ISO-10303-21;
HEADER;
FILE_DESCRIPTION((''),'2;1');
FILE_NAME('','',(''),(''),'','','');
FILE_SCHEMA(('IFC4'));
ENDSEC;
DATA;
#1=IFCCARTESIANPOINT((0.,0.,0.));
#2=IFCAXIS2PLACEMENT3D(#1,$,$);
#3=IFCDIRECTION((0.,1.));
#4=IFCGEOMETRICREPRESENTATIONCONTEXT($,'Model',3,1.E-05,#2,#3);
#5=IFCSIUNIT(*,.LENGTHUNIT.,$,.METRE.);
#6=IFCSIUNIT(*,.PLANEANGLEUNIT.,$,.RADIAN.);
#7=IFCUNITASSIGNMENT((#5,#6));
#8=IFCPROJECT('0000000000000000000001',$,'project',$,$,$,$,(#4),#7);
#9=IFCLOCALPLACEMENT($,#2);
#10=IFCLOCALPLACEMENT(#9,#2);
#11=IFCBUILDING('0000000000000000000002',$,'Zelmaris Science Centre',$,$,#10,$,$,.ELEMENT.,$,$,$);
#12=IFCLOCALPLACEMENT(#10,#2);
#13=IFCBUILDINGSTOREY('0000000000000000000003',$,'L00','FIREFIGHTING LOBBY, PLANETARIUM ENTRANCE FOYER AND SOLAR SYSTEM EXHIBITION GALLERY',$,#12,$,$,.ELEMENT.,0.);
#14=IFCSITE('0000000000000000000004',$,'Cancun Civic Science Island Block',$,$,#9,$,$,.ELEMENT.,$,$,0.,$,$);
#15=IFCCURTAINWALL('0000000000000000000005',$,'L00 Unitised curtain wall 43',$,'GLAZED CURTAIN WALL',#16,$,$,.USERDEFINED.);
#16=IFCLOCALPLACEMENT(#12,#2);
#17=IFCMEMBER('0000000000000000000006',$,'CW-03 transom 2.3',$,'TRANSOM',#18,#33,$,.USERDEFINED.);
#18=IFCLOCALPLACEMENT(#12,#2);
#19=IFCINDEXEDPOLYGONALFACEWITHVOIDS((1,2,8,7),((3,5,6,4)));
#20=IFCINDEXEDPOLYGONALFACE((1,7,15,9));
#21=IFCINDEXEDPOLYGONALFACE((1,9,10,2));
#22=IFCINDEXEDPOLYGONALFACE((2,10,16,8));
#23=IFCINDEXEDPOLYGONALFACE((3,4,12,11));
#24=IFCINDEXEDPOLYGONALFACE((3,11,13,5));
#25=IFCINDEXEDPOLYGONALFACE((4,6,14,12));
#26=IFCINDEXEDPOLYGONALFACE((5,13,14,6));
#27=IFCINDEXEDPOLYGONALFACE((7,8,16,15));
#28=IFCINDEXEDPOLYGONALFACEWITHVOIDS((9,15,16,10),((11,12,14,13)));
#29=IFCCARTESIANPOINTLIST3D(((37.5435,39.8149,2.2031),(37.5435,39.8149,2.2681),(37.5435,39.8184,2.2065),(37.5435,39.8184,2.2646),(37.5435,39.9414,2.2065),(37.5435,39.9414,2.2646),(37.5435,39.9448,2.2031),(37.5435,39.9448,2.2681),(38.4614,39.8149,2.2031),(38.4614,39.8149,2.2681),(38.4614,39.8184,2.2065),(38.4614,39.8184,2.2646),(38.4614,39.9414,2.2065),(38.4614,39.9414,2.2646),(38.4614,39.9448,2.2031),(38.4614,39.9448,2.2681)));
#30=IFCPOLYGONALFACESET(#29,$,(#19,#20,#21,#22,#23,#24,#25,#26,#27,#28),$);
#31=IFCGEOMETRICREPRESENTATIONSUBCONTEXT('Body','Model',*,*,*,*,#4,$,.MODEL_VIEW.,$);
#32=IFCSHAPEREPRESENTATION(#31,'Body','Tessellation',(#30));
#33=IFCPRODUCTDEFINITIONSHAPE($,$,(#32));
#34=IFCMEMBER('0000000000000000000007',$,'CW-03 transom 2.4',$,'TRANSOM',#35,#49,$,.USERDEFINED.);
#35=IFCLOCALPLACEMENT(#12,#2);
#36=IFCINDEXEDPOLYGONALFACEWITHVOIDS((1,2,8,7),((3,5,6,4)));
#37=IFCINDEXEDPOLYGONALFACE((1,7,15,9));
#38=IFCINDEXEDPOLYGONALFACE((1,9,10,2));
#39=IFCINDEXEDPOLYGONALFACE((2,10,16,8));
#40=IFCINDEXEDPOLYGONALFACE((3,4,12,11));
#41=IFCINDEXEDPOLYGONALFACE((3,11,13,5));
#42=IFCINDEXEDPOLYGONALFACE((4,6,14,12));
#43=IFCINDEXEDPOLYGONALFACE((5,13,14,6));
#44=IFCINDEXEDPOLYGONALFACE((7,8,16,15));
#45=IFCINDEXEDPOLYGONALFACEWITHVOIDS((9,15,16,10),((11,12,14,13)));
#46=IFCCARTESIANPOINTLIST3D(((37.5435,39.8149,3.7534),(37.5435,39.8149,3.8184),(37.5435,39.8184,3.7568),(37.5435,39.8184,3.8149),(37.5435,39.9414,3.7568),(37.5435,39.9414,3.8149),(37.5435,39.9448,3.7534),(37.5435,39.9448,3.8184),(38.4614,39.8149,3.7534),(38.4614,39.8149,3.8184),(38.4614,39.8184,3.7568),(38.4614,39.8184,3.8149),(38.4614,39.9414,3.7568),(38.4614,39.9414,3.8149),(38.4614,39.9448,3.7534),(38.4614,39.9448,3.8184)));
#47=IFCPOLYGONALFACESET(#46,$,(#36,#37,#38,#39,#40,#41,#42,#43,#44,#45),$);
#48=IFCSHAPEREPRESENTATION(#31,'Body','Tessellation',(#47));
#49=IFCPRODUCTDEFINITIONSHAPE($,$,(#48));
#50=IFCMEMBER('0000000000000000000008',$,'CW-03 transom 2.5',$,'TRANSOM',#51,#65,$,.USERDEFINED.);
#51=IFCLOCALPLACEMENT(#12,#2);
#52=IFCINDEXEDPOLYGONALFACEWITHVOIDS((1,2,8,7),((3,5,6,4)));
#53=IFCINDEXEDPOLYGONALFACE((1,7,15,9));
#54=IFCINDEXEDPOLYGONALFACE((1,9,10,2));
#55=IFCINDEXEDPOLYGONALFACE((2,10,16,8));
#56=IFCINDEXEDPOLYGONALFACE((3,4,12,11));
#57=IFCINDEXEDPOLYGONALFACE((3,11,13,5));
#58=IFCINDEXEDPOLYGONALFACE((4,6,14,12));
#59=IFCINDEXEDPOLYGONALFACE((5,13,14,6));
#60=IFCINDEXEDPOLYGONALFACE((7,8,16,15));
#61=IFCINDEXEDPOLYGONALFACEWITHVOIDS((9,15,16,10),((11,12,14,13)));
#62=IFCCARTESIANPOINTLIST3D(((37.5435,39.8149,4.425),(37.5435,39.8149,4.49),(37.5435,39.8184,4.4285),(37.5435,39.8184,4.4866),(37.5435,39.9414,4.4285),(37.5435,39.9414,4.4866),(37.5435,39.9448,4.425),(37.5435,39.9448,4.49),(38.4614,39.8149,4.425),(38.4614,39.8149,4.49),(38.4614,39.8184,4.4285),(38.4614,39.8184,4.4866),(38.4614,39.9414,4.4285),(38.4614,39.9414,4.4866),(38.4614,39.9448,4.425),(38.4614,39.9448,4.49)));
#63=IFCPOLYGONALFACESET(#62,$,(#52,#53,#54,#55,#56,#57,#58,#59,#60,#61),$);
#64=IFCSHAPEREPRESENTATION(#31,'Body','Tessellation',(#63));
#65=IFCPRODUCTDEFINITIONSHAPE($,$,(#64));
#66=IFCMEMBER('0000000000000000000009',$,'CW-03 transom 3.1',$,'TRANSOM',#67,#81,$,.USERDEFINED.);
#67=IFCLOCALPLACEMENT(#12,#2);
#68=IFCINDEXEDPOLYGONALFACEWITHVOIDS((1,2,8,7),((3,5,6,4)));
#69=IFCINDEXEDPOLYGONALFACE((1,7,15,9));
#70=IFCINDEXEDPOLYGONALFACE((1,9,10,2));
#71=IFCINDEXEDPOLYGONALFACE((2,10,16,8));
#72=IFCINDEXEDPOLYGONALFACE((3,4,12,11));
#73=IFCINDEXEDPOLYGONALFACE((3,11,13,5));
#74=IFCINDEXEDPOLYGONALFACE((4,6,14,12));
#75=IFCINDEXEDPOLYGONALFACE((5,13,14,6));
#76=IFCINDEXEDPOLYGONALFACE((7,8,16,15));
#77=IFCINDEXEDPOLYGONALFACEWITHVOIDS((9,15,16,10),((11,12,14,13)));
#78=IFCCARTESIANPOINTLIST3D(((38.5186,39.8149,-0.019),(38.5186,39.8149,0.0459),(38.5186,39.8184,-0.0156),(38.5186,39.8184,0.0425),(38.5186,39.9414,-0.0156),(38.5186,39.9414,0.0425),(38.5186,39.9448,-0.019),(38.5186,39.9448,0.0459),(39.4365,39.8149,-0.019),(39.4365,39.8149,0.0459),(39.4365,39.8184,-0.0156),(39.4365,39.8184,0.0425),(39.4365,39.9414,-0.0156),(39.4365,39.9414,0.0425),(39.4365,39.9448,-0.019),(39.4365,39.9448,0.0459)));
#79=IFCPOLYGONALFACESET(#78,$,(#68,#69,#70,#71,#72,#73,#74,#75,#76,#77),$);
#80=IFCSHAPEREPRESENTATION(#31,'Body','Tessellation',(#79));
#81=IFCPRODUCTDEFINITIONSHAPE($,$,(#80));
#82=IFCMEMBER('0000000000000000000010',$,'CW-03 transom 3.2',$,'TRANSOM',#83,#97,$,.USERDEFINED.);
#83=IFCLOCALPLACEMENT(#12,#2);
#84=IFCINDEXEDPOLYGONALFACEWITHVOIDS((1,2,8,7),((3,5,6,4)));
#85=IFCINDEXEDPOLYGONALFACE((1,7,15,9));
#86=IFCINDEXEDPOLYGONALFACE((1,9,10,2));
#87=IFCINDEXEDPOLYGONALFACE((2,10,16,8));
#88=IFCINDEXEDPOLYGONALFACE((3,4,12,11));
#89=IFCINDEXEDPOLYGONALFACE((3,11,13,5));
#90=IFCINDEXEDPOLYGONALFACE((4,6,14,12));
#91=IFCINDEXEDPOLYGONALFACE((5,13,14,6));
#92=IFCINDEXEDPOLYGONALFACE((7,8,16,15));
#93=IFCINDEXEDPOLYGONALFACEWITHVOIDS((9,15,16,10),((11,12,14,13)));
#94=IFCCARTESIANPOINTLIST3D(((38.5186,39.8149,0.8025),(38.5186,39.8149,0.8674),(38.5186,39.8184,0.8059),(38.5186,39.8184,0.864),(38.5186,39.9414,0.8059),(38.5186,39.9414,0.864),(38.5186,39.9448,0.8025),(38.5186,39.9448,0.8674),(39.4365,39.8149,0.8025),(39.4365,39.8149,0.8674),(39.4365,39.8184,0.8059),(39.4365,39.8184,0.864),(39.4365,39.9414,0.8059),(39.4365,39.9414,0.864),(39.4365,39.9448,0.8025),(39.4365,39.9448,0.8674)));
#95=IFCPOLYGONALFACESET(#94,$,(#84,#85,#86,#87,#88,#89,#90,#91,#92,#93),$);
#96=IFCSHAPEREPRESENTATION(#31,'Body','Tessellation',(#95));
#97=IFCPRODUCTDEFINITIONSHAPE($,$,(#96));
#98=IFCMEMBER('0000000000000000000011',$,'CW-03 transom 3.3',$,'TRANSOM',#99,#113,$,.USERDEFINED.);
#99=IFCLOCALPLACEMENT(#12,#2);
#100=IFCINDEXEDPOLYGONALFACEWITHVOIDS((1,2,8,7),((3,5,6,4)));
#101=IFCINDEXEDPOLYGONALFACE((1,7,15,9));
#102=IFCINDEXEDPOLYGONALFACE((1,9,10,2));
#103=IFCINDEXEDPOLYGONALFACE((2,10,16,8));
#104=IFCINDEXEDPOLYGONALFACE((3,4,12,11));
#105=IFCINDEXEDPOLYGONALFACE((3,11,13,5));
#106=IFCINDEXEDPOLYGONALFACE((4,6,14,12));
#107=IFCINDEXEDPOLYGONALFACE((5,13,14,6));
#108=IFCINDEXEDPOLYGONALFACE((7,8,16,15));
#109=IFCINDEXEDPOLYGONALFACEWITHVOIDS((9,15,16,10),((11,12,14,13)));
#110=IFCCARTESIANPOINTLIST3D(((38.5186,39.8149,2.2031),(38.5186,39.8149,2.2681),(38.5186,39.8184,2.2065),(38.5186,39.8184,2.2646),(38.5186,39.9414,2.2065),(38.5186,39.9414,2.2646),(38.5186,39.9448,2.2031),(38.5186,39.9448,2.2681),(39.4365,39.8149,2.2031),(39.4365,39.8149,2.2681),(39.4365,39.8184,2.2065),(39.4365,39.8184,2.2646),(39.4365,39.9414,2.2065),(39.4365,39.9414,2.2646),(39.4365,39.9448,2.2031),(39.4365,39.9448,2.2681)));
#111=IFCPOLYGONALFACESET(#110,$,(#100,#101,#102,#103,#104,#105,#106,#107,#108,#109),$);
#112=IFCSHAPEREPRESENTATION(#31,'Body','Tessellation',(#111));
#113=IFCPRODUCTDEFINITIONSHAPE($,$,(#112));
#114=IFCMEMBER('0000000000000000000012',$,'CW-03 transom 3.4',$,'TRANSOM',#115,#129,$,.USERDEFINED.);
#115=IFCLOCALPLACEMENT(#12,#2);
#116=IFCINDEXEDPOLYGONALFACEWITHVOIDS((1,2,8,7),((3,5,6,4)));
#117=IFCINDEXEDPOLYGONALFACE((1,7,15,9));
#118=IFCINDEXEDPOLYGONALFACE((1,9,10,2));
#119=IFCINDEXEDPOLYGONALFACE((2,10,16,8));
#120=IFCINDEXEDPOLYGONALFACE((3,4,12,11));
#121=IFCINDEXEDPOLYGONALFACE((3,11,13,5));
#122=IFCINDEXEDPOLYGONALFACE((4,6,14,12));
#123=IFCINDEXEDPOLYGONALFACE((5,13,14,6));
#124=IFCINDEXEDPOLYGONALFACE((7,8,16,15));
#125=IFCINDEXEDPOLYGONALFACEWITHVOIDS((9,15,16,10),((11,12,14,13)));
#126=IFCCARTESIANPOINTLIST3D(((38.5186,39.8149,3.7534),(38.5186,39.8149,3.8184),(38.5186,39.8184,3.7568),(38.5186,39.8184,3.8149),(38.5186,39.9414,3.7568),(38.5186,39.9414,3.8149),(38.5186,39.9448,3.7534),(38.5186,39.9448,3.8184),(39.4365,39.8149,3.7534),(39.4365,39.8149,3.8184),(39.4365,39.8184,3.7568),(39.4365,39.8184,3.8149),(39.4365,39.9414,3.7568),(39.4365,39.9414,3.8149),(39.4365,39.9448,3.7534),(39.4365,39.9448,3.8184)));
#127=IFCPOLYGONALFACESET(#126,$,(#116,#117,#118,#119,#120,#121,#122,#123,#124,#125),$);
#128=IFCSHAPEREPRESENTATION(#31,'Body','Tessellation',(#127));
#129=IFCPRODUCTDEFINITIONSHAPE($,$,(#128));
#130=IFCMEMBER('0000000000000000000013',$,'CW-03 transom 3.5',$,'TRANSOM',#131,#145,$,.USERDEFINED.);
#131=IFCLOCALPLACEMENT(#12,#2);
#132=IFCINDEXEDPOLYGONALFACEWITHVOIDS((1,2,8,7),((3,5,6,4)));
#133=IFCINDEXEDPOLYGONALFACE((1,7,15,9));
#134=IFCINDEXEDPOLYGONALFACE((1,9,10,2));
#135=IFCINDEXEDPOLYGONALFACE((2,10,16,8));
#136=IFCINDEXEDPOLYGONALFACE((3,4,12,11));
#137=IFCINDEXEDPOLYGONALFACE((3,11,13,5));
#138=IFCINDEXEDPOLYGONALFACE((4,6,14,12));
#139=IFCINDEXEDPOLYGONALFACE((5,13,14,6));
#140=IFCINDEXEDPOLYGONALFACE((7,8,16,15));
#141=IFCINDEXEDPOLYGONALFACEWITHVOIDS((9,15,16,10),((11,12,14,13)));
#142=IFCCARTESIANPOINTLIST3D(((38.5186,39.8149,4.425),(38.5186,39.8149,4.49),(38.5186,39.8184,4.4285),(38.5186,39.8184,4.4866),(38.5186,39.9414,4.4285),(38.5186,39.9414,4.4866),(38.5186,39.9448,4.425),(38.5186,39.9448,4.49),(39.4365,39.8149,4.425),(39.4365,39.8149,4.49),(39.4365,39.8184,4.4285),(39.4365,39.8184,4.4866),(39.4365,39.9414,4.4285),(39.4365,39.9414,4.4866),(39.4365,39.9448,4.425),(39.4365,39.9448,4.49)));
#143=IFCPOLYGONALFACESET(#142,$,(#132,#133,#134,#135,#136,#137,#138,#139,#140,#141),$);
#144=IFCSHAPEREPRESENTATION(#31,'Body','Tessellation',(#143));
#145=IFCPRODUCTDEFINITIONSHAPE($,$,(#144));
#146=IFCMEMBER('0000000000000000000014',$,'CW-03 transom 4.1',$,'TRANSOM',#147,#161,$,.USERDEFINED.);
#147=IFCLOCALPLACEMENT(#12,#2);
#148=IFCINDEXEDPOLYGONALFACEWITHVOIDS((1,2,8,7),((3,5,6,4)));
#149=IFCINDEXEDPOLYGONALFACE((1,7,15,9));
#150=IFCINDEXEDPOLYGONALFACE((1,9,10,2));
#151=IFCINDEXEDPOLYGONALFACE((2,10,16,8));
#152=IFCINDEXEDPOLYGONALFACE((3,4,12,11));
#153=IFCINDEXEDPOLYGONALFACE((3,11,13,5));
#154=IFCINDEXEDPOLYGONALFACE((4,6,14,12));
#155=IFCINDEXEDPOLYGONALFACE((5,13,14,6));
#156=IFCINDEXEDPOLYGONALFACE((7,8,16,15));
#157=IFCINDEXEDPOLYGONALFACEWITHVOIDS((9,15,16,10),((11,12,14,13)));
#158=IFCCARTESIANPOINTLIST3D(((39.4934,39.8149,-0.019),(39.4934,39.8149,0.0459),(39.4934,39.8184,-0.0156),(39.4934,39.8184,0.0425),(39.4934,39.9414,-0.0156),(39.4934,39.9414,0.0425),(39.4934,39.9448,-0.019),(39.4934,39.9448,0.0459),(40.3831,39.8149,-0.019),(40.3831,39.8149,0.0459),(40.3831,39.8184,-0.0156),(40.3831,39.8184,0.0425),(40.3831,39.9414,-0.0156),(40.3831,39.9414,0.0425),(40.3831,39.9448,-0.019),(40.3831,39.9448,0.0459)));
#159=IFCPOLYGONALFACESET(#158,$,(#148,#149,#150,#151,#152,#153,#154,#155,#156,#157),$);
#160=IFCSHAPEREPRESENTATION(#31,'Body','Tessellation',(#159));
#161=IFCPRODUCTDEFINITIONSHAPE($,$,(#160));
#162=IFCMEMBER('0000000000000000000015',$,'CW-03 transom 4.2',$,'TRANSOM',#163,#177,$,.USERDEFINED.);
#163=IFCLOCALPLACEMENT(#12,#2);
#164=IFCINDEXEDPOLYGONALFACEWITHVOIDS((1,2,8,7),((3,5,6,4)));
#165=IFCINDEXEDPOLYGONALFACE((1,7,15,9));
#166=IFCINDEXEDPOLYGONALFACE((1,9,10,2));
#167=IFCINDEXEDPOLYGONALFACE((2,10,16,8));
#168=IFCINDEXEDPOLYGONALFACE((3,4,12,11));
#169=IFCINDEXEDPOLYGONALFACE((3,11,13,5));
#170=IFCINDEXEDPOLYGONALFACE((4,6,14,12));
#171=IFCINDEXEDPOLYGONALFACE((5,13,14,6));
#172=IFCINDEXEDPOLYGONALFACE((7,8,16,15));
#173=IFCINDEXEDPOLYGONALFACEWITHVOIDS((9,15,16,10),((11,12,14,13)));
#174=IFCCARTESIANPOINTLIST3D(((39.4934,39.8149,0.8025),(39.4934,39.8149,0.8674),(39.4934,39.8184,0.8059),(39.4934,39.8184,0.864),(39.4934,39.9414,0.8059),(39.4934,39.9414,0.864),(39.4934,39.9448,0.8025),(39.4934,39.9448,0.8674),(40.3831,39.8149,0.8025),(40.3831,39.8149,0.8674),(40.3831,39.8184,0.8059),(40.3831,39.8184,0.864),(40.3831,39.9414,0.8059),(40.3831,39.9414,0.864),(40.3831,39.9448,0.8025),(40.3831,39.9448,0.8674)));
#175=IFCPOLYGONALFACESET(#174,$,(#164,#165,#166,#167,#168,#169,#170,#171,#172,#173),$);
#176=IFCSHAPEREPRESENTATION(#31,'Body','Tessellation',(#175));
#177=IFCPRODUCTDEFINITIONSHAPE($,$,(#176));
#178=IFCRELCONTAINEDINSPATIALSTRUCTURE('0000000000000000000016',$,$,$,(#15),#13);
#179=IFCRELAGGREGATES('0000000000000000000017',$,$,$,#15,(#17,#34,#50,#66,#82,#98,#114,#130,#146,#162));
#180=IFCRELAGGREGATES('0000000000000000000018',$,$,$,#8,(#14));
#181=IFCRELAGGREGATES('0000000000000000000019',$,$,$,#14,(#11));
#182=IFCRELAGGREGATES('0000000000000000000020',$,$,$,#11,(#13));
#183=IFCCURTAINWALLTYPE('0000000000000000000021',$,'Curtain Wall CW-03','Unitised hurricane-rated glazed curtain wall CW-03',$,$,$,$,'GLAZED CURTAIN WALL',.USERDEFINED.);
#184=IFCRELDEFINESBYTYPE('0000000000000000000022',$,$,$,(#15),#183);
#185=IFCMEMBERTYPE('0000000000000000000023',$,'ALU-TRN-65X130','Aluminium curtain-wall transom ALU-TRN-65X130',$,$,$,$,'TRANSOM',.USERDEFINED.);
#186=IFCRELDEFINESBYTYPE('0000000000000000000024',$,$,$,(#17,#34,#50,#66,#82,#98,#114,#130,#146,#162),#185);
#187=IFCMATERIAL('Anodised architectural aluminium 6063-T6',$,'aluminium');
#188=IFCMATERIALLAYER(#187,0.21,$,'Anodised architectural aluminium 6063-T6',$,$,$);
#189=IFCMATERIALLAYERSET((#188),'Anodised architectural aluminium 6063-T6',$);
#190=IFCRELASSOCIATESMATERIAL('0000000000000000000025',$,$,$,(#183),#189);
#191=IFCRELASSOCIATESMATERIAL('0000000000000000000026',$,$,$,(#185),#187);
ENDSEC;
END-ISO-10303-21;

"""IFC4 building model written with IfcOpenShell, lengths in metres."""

from ifc_helpers import new_model, si_unit, direction, frame, origin, origin_2d, place, context, subcontext, project, spatial, hollow_rectangle, extrude, material, layer, layer_set, material_profile, profile_set, type_object, element, aggregate, save


model = new_model("IFC4")

# Units and contexts
model_context = context("Model", 3, precision=1e-05, world=origin(), true_north=direction((0.0, 1.0)))
body_context = subcontext(model_context, "Body", "Model", "MODEL_VIEW")
ifc_project = project(units=[si_unit("LENGTHUNIT", "METRE"), si_unit("PLANEANGLEUNIT", "RADIAN")], contexts=[model_context])

# Site, building, storey
site_placement = place(None, origin())
site = spatial("IfcSite", under=ifc_project, at=site_placement, Name="Cancun Civic Science Island Block", CompositionType="ELEMENT", RefElevation=0.0)
building_placement = place(site_placement, origin())
building = spatial("IfcBuilding", under=site, at=building_placement, Name="Zelmaris Science Centre", CompositionType="ELEMENT")
storey_placement = place(building_placement, origin())
storey = spatial("IfcBuildingStorey", under=building, at=storey_placement, Name="L00", Description="FIREFIGHTING LOBBY, PLANETARIUM ENTRANCE FOYER AND SOLAR SYSTEM EXHIBITION GALLERY", CompositionType="ELEMENT", Elevation=0.0)

# Curtain wall, members
ifc_material_1 = material(Name="Anodised architectural aluminium 6063-T6", Category="aluminium")
ifc_layer_1 = layer(ifc_material_1, 0.21, Name="Anodised architectural aluminium 6063-T6")
ifc_layer_set_1 = layer_set([ifc_layer_1], Name="Anodised architectural aluminium 6063-T6")
curtain_wall_type = type_object("IfcCurtainWallType", Name="Curtain Wall CW-03", Description="Unitised hurricane-rated glazed curtain wall CW-03", ElementType="GLAZED CURTAIN WALL", PredefinedType="USERDEFINED", material=ifc_layer_set_1)
curtain_wall_placement = place(storey_placement, origin())
curtain_wall = element("IfcCurtainWall", 1, at=curtain_wall_placement, inside=storey, type_object=curtain_wall_type, Name="L00 Unitised curtain wall 43", ObjectType="GLAZED CURTAIN WALL", PredefinedType="USERDEFINED")
ifc_material_profile_1 = material_profile(ifc_material_1, hollow_rectangle(XDim=0.0649, YDim=0.1299, WallThickness=0.0034, at=origin_2d()), Name="ALU-TRN-65X130")
ifc_profile_set_1 = profile_set([ifc_material_profile_1], Name="Anodised architectural aluminium 6063-T6")
member_type_1 = type_object("IfcMemberType", Name="ALU-TRN-65X130", Description="Aluminium curtain-wall transom ALU-TRN-65X130", ElementType="TRANSOM", PredefinedType="USERDEFINED", material=ifc_profile_set_1)
member_1_placement = place(storey_placement, frame((37.5435, 39.8799, 2.2356), z_axis=(1.0, 0.0, 0.0), x_axis=(0.0, 0.0, 1.0)))
member_1 = element("IfcMember", 2, at=member_1_placement, type_object=member_type_1, Name="CW-03 transom 2.3", ObjectType="TRANSOM", PredefinedType="USERDEFINED", context=body_context, shape_type="SweptSolid", body=[
    extrude(hollow_rectangle(XDim=0.0649, YDim=0.1299, WallThickness=0.0034, at=origin_2d()), origin(), (0.0, 0.0, 1.0), 0.918),
])
member_2_placement = place(storey_placement, frame((37.5435, 39.8799, 3.7859), z_axis=(1.0, 0.0, 0.0), x_axis=(0.0, 0.0, 1.0)))
member_2 = element("IfcMember", 3, at=member_2_placement, type_object=member_type_1, Name="CW-03 transom 2.4", ObjectType="TRANSOM", PredefinedType="USERDEFINED", context=body_context, shape_type="SweptSolid", body=[
    extrude(hollow_rectangle(XDim=0.0649, YDim=0.1299, WallThickness=0.0034, at=origin_2d()), origin(), (0.0, 0.0, 1.0), 0.918),
])
member_3_placement = place(storey_placement, frame((37.5435, 39.8799, 4.4575), z_axis=(1.0, 0.0, 0.0), x_axis=(0.0, 0.0, 1.0)))
member_3 = element("IfcMember", 4, at=member_3_placement, type_object=member_type_1, Name="CW-03 transom 2.5", ObjectType="TRANSOM", PredefinedType="USERDEFINED", context=body_context, shape_type="SweptSolid", body=[
    extrude(hollow_rectangle(XDim=0.0649, YDim=0.1299, WallThickness=0.0034, at=origin_2d()), origin(), (0.0, 0.0, 1.0), 0.918),
])
member_4_placement = place(storey_placement, frame((38.5186, 39.8799, 0.0134), z_axis=(1.0, 0.0, 0.0), x_axis=(0.0, 0.0, 1.0)))
member_4 = element("IfcMember", 5, at=member_4_placement, type_object=member_type_1, Name="CW-03 transom 3.1", ObjectType="TRANSOM", PredefinedType="USERDEFINED", context=body_context, shape_type="SweptSolid", body=[
    extrude(hollow_rectangle(XDim=0.0649, YDim=0.1299, WallThickness=0.0034, at=origin_2d()), origin(), (0.0, 0.0, 1.0), 0.918),
])
member_5_placement = place(storey_placement, frame((38.5186, 39.8799, 0.835), z_axis=(1.0, 0.0, 0.0), x_axis=(0.0, 0.0, 1.0)))
member_5 = element("IfcMember", 6, at=member_5_placement, type_object=member_type_1, Name="CW-03 transom 3.2", ObjectType="TRANSOM", PredefinedType="USERDEFINED", context=body_context, shape_type="SweptSolid", body=[
    extrude(hollow_rectangle(XDim=0.0649, YDim=0.1299, WallThickness=0.0034, at=origin_2d()), origin(), (0.0, 0.0, 1.0), 0.918),
])
member_6_placement = place(storey_placement, frame((38.5186, 39.8799, 2.2356), z_axis=(1.0, 0.0, 0.0), x_axis=(0.0, 0.0, 1.0)))
member_6 = element("IfcMember", 7, at=member_6_placement, type_object=member_type_1, Name="CW-03 transom 3.3", ObjectType="TRANSOM", PredefinedType="USERDEFINED", context=body_context, shape_type="SweptSolid", body=[
    extrude(hollow_rectangle(XDim=0.0649, YDim=0.1299, WallThickness=0.0034, at=origin_2d()), origin(), (0.0, 0.0, 1.0), 0.918),
])
member_7_placement = place(storey_placement, frame((38.5186, 39.8799, 3.7859), z_axis=(1.0, 0.0, 0.0), x_axis=(0.0, 0.0, 1.0)))
member_7 = element("IfcMember", 8, at=member_7_placement, type_object=member_type_1, Name="CW-03 transom 3.4", ObjectType="TRANSOM", PredefinedType="USERDEFINED", context=body_context, shape_type="SweptSolid", body=[
    extrude(hollow_rectangle(XDim=0.0649, YDim=0.1299, WallThickness=0.0034, at=origin_2d()), origin(), (0.0, 0.0, 1.0), 0.918),
])
member_8_placement = place(storey_placement, frame((38.5186, 39.8799, 4.4575), z_axis=(1.0, 0.0, 0.0), x_axis=(0.0, 0.0, 1.0)))
member_8 = element("IfcMember", 9, at=member_8_placement, type_object=member_type_1, Name="CW-03 transom 3.5", ObjectType="TRANSOM", PredefinedType="USERDEFINED", context=body_context, shape_type="SweptSolid", body=[
    extrude(hollow_rectangle(XDim=0.0649, YDim=0.1299, WallThickness=0.0034, at=origin_2d()), origin(), (0.0, 0.0, 1.0), 0.918),
])
member_9_placement = place(storey_placement, frame((39.4934, 39.8799, 0.0134), z_axis=(1.0, 0.0, 0.0), x_axis=(0.0, 0.0, 1.0)))
member_9 = element("IfcMember", 10, at=member_9_placement, type_object=member_type_1, Name="CW-03 transom 4.1", ObjectType="TRANSOM", PredefinedType="USERDEFINED", context=body_context, shape_type="SweptSolid", body=[
    extrude(hollow_rectangle(XDim=0.0649, YDim=0.1299, WallThickness=0.0034, at=origin_2d()), origin(), (0.0, 0.0, 1.0), 0.8896),
])
member_10_placement = place(storey_placement, frame((39.4934, 39.8799, 0.835), z_axis=(1.0, 0.0, 0.0), x_axis=(0.0, 0.0, 1.0)))
member_10 = element("IfcMember", 11, at=member_10_placement, type_object=member_type_1, Name="CW-03 transom 4.2", ObjectType="TRANSOM", PredefinedType="USERDEFINED", context=body_context, shape_type="SweptSolid", body=[
    extrude(hollow_rectangle(XDim=0.0649, YDim=0.1299, WallThickness=0.0034, at=origin_2d()), origin(), (0.0, 0.0, 1.0), 0.8896),
])

aggregate(curtain_wall, [member_1, member_2, member_3, member_4, member_5, member_6, member_7, member_8, member_9, member_10])

save(model, "model.ifc")
